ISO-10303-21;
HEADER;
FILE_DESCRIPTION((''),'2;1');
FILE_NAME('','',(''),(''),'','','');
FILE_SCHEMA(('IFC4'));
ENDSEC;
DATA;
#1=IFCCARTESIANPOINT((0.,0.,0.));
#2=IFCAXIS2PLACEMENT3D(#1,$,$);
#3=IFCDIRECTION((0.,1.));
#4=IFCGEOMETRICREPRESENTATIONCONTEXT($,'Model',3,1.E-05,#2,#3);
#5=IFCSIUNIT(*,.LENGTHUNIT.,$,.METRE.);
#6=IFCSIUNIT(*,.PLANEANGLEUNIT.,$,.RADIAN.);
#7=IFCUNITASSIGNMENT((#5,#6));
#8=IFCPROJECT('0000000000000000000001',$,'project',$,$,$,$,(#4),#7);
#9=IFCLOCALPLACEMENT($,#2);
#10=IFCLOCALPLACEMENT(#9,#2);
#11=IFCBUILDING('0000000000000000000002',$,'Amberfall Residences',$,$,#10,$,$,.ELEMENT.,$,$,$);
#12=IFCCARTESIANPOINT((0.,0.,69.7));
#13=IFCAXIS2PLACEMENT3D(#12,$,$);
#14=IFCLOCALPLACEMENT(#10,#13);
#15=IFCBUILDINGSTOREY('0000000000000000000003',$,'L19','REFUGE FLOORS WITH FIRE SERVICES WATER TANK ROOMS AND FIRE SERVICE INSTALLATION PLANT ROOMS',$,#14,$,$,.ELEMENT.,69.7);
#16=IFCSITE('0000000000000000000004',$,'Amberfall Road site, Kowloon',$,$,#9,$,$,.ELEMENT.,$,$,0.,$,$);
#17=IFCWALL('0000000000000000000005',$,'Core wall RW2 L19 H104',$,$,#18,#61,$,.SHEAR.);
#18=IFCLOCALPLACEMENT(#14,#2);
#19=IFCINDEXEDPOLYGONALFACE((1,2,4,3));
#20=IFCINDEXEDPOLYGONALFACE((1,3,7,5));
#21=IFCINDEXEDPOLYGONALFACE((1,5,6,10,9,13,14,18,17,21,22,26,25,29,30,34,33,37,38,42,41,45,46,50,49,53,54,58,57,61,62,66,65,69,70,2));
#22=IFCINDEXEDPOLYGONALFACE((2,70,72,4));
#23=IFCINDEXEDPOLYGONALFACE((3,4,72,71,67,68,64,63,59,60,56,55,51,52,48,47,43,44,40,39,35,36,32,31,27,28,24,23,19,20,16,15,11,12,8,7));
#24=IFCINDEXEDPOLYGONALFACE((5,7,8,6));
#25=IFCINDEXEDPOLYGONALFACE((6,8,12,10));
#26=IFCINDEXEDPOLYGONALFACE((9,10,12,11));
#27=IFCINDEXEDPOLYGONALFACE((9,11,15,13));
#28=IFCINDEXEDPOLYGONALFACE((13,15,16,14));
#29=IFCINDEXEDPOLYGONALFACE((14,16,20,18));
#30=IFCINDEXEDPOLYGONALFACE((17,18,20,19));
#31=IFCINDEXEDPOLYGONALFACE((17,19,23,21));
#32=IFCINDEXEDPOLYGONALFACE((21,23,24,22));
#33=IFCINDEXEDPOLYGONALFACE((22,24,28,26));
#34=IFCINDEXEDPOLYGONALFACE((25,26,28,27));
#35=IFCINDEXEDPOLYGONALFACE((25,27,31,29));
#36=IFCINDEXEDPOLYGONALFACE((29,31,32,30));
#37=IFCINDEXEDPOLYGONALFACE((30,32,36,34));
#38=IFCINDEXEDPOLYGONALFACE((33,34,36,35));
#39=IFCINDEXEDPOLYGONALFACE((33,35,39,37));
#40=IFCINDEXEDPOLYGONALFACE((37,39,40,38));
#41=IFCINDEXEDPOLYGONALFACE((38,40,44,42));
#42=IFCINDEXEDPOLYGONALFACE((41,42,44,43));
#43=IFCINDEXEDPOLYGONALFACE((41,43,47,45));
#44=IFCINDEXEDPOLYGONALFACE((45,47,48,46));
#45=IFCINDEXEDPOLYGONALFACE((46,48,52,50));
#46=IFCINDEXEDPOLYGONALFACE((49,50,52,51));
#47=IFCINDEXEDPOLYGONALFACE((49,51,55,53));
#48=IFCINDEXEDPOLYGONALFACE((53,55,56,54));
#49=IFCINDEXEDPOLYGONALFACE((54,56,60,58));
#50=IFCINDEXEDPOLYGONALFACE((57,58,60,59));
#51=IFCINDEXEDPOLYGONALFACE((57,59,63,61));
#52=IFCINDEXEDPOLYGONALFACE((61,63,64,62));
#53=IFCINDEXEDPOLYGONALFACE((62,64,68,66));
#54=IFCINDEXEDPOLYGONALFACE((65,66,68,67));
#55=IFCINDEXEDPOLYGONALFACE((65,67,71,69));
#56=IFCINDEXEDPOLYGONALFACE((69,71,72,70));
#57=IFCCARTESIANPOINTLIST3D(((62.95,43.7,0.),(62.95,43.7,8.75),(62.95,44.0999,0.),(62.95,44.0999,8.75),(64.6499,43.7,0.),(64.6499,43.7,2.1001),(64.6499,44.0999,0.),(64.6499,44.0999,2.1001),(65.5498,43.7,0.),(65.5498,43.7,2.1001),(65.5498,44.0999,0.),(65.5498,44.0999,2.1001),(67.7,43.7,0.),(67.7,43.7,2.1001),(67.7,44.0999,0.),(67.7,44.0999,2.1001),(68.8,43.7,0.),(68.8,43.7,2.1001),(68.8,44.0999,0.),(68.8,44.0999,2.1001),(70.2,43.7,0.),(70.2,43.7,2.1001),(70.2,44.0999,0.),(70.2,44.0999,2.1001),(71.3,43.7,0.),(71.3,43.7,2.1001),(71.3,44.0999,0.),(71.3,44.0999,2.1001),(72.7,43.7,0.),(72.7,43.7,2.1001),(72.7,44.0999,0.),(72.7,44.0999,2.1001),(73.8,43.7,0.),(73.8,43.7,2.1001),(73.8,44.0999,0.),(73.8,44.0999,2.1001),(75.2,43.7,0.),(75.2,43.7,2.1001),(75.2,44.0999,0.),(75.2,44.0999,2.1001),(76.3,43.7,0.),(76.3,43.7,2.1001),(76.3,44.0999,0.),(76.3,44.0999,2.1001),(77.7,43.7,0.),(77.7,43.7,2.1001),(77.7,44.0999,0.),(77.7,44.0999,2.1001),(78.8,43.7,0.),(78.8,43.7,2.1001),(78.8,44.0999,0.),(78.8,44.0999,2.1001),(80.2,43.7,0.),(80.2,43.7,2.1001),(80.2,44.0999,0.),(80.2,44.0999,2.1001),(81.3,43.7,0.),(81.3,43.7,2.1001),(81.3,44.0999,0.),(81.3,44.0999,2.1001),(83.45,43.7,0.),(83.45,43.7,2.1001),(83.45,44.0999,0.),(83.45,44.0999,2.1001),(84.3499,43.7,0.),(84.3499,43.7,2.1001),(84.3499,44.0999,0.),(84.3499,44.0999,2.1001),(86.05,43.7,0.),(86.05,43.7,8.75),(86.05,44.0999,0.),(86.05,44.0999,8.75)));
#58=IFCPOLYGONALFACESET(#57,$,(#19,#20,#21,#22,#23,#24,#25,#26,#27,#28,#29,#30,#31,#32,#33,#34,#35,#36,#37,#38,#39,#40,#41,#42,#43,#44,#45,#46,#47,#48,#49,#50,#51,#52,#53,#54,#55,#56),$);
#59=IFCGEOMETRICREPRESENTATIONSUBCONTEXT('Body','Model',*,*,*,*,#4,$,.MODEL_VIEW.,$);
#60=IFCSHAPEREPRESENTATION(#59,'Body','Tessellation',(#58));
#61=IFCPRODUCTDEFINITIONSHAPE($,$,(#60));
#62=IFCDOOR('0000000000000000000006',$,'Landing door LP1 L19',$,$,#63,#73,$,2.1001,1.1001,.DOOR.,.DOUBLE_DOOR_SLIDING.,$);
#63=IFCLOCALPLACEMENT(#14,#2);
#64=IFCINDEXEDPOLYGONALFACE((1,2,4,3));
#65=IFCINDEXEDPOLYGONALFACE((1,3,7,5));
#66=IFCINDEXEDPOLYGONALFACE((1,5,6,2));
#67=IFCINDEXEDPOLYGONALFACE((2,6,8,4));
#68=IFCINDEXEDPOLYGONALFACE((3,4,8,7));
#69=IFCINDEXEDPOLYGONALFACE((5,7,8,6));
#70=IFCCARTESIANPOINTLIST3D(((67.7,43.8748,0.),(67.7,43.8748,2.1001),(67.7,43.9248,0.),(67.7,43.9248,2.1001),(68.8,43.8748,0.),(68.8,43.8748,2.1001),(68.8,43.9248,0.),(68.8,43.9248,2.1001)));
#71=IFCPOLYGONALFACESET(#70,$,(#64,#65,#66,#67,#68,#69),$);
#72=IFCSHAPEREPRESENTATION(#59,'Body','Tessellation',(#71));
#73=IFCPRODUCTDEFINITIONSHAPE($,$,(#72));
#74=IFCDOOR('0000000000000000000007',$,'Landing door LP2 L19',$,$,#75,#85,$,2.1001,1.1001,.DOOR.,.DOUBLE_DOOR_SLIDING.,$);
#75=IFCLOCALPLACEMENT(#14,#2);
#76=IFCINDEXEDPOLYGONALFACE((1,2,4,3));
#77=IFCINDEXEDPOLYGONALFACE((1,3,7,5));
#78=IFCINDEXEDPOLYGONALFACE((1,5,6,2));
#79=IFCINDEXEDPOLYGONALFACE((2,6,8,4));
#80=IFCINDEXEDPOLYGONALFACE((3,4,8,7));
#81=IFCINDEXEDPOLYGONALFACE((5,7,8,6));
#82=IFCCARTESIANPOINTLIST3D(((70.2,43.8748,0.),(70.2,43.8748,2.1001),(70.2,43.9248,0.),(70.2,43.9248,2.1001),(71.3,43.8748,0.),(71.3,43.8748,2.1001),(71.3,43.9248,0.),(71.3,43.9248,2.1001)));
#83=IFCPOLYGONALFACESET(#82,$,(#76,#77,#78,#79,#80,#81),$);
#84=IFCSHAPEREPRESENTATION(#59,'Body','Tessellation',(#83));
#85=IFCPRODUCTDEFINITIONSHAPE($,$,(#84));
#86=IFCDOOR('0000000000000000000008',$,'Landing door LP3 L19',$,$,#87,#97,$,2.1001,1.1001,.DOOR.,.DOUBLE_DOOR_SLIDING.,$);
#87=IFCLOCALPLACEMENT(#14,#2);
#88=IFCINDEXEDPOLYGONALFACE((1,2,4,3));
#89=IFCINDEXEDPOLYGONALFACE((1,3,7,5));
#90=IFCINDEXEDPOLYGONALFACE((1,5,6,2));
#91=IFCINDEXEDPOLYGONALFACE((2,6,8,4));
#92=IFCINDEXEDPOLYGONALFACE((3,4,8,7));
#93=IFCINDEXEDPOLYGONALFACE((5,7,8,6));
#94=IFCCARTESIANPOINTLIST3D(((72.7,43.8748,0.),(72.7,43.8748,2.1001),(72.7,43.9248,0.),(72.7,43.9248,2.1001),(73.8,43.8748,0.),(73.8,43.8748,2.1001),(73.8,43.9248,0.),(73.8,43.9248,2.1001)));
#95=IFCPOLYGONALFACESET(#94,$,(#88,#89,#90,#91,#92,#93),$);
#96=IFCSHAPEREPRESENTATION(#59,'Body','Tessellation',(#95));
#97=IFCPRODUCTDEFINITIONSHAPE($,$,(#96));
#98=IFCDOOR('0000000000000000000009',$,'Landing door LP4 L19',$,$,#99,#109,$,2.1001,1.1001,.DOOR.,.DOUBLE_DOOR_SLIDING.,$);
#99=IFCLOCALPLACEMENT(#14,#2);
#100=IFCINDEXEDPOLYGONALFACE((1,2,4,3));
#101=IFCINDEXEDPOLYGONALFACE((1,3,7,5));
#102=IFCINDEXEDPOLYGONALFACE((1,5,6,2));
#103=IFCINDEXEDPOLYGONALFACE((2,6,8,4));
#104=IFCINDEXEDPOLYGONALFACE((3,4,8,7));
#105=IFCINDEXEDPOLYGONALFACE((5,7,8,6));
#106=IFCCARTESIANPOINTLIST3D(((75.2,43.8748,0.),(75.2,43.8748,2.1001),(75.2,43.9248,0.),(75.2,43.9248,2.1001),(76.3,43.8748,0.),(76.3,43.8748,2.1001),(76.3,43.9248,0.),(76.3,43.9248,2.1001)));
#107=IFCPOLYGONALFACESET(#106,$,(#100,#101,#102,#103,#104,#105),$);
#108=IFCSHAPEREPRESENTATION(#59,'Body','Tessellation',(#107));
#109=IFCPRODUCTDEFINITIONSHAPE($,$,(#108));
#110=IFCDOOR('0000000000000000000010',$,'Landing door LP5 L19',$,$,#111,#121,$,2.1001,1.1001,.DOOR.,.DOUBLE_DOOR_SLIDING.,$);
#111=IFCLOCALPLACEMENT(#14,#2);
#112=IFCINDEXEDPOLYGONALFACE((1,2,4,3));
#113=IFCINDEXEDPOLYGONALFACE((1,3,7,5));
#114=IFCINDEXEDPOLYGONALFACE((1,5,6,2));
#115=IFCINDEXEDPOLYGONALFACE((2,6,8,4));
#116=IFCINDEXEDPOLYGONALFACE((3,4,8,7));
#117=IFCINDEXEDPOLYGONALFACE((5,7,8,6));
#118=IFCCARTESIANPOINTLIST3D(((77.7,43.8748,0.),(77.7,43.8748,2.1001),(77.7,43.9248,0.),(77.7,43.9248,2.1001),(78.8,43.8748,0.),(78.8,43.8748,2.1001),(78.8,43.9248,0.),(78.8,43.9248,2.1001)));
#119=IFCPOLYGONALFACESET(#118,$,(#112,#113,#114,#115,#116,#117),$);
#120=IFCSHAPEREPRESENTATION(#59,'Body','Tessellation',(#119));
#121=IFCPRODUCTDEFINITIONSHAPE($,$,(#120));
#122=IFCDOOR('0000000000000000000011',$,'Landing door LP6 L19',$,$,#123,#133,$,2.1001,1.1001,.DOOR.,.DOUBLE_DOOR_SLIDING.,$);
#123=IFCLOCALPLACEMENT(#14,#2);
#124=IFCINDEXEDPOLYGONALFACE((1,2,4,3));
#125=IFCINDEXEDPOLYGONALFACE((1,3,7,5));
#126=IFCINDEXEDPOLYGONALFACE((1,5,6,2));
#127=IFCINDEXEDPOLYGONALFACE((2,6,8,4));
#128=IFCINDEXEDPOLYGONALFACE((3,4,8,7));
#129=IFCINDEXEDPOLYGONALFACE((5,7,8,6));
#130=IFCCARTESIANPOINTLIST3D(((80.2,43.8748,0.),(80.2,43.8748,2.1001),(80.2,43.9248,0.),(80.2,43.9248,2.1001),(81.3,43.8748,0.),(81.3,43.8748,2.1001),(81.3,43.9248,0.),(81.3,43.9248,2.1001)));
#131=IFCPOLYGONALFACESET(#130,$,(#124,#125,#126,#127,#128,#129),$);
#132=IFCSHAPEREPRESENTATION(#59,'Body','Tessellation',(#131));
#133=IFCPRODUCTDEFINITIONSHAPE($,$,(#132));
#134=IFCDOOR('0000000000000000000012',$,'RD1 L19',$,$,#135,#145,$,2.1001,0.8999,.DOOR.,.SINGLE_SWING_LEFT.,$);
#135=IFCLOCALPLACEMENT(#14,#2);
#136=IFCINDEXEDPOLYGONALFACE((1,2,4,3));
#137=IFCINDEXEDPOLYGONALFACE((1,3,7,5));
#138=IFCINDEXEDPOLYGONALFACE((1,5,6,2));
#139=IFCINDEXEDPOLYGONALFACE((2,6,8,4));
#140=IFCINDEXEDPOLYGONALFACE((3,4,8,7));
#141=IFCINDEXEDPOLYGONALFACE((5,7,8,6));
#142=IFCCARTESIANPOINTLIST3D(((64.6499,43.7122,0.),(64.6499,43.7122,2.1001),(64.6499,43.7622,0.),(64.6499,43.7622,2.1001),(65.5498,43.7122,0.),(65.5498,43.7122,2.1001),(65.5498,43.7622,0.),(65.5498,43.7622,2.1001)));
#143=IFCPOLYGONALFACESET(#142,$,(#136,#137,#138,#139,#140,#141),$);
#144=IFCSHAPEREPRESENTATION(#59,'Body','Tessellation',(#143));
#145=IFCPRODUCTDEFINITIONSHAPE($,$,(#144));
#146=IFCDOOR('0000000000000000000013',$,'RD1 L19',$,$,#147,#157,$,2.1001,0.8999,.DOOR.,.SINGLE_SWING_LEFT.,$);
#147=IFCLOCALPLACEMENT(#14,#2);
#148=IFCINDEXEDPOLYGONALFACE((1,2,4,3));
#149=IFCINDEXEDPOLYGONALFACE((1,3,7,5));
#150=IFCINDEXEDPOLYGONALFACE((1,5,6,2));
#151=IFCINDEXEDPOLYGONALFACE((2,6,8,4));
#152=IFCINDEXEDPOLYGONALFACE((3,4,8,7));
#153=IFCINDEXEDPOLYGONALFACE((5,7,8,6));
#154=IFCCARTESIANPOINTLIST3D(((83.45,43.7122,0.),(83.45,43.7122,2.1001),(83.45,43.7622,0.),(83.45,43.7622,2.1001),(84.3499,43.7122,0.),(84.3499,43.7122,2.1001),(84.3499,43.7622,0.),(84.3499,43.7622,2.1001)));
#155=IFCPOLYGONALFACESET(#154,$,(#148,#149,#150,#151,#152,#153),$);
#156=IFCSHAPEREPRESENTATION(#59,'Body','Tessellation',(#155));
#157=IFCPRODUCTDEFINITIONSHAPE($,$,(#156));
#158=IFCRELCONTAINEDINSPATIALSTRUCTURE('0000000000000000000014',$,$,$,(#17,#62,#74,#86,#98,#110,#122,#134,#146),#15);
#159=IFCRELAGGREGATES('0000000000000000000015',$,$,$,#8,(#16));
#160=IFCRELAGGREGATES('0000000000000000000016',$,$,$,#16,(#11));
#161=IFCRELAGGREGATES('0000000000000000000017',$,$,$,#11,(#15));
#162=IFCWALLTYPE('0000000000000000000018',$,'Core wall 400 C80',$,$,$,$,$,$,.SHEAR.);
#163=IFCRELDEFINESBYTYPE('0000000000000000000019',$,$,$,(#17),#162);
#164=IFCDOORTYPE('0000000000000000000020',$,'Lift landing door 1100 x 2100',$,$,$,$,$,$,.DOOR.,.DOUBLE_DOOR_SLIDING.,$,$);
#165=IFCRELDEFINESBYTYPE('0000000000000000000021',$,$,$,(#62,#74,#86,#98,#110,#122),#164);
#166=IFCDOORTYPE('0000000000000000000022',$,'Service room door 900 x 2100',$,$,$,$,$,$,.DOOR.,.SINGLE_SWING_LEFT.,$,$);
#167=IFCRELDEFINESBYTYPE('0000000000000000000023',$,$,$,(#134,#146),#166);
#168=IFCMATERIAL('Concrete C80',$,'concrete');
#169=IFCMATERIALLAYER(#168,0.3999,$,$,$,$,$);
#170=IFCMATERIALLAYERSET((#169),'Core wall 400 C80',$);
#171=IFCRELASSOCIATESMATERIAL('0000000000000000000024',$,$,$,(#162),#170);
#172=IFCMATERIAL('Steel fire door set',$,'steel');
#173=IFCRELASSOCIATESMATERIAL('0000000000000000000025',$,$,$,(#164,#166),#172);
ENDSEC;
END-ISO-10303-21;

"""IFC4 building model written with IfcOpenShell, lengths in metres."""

from ifc_helpers import new_model, si_unit, direction, frame, frame_2d, origin, place, context, subcontext, project, spatial, rectangle, extrude, material, layer, layer_set, type_object, element, fill, save


model = new_model("IFC4")

# Units and contexts
model_context = context("Model", 3, precision=1e-05, world=origin(), true_north=direction((0.0, 1.0)))
body_context = subcontext(model_context, "Body", "Model", "MODEL_VIEW")
ifc_project = project(units=[si_unit("LENGTHUNIT", "METRE"), si_unit("PLANEANGLEUNIT", "RADIAN")], contexts=[model_context])

# Site, building, storey
site_placement = place(None, origin())
site = spatial("IfcSite", under=ifc_project, at=site_placement, Name="Amberfall Road site, Kowloon", CompositionType="ELEMENT", RefElevation=0.0)
building_placement = place(site_placement, origin())
building = spatial("IfcBuilding", under=site, at=building_placement, Name="Amberfall Residences", CompositionType="ELEMENT")
storey_placement = place(building_placement, frame((0.0, 0.0, 69.7)))
storey = spatial("IfcBuildingStorey", under=building, at=storey_placement, Name="L19", Description="REFUGE FLOORS WITH FIRE SERVICES WATER TANK ROOMS AND FIRE SERVICE INSTALLATION PLANT ROOMS", CompositionType="ELEMENT", Elevation=69.7)

# Wall, openings, doors
ifc_material_1 = material(Name="Concrete C80", Category="concrete")
ifc_layer_1 = layer(ifc_material_1, 0.3999)
ifc_layer_set_1 = layer_set([ifc_layer_1], Name="Core wall 400 C80")
wall_type_1 = type_object("IfcWallType", Name="Core wall 400 C80", PredefinedType="SHEAR", material=ifc_layer_set_1)
wall_1_placement = place(storey_placement, frame((62.95, 43.8999, 0.0), z_axis=(0.0, 0.0, 1.0), x_axis=(1.0, 0.0, 0.0)))
wall_1 = element("IfcWall", 1, at=wall_1_placement, inside=storey, type_object=wall_type_1, Name="Core wall RW2 L19 H104", PredefinedType="SHEAR", context=body_context, shape_type="SweptSolid", body=[
    extrude(rectangle(XDim=23.1001, YDim=0.3999, at=frame_2d((11.55, 0.0))), origin(), (0.0, 0.0, 1.0), 8.75),
])
opening_1_placement = place(wall_1_placement, frame((1.7, 0.0, 0.0)))
opening_1 = element("IfcOpeningElement", 2, at=opening_1_placement, cuts=wall_1, PredefinedType="OPENING", context=body_context, shape_type="SweptSolid", body=[
    extrude(rectangle(XDim=0.8999, YDim=2.1001, at=frame_2d((0.45, 1.05))), frame((0.0, 0.21, 0.0), z_axis=(0.0, -1.0, 0.0), x_axis=(1.0, 0.0, 0.0)), (0.0, 0.0, 1.0), 0.4199),
])
opening_2_placement = place(wall_1_placement, frame((20.5, 0.0, 0.0)))
opening_2 = element("IfcOpeningElement", 3, at=opening_2_placement, cuts=wall_1, PredefinedType="OPENING", context=body_context, shape_type="SweptSolid", body=[
    extrude(rectangle(XDim=0.8999, YDim=2.1001, at=frame_2d((0.45, 1.05))), frame((0.0, 0.21, 0.0), z_axis=(0.0, -1.0, 0.0), x_axis=(1.0, 0.0, 0.0)), (0.0, 0.0, 1.0), 0.4199),
])
opening_3_placement = place(wall_1_placement, frame((4.75, 0.0, 0.0)))
opening_3 = element("IfcOpeningElement", 4, at=opening_3_placement, cuts=wall_1, PredefinedType="OPENING", context=body_context, shape_type="SweptSolid", body=[
    extrude(rectangle(XDim=1.1001, YDim=2.1001, at=frame_2d((0.55, 1.05))), frame((0.0, 0.21, 0.0), z_axis=(0.0, -1.0, 0.0), x_axis=(1.0, 0.0, 0.0)), (0.0, 0.0, 1.0), 0.4199),
])
opening_4_placement = place(wall_1_placement, frame((7.25, 0.0, 0.0)))
opening_4 = element("IfcOpeningElement", 5, at=opening_4_placement, cuts=wall_1, PredefinedType="OPENING", context=body_context, shape_type="SweptSolid", body=[
    extrude(rectangle(XDim=1.1001, YDim=2.1001, at=frame_2d((0.55, 1.05))), frame((0.0, 0.21, 0.0), z_axis=(0.0, -1.0, 0.0), x_axis=(1.0, 0.0, 0.0)), (0.0, 0.0, 1.0), 0.4199),
])
opening_5_placement = place(wall_1_placement, frame((9.75, 0.0, 0.0)))
opening_5 = element("IfcOpeningElement", 6, at=opening_5_placement, cuts=wall_1, PredefinedType="OPENING", context=body_context, shape_type="SweptSolid", body=[
    extrude(rectangle(XDim=1.1001, YDim=2.1001, at=frame_2d((0.55, 1.05))), frame((0.0, 0.21, 0.0), z_axis=(0.0, -1.0, 0.0), x_axis=(1.0, 0.0, 0.0)), (0.0, 0.0, 1.0), 0.4199),
])
opening_6_placement = place(wall_1_placement, frame((12.25, 0.0, 0.0)))
opening_6 = element("IfcOpeningElement", 7, at=opening_6_placement, cuts=wall_1, PredefinedType="OPENING", context=body_context, shape_type="SweptSolid", body=[
    extrude(rectangle(XDim=1.1001, YDim=2.1001, at=frame_2d((0.55, 1.05))), frame((0.0, 0.21, 0.0), z_axis=(0.0, -1.0, 0.0), x_axis=(1.0, 0.0, 0.0)), (0.0, 0.0, 1.0), 0.4199),
])
opening_7_placement = place(wall_1_placement, frame((14.75, 0.0, 0.0)))
opening_7 = element("IfcOpeningElement", 8, at=opening_7_placement, cuts=wall_1, PredefinedType="OPENING", context=body_context, shape_type="SweptSolid", body=[
    extrude(rectangle(XDim=1.1001, YDim=2.1001, at=frame_2d((0.55, 1.05))), frame((0.0, 0.21, 0.0), z_axis=(0.0, -1.0, 0.0), x_axis=(1.0, 0.0, 0.0)), (0.0, 0.0, 1.0), 0.4199),
])
opening_8_placement = place(wall_1_placement, frame((17.25, 0.0, 0.0)))
opening_8 = element("IfcOpeningElement", 9, at=opening_8_placement, cuts=wall_1, PredefinedType="OPENING", context=body_context, shape_type="SweptSolid", body=[
    extrude(rectangle(XDim=1.1001, YDim=2.1001, at=frame_2d((0.55, 1.05))), frame((0.0, 0.21, 0.0), z_axis=(0.0, -1.0, 0.0), x_axis=(1.0, 0.0, 0.0)), (0.0, 0.0, 1.0), 0.4199),
])
ifc_material_2 = material(Name="Steel fire door set", Category="steel")
door_type_1 = type_object("IfcDoorType", Name="Lift landing door 1100 x 2100", OperationType="DOUBLE_DOOR_SLIDING", PredefinedType="DOOR", material=ifc_material_2)
door_1_placement = place(opening_3_placement, origin())
door_1 = element("IfcDoor", 10, at=door_1_placement, inside=storey, type_object=door_type_1, Name="Landing door LP1 L19", OperationType="DOUBLE_DOOR_SLIDING", OverallHeight=2.1001, OverallWidth=1.1001, PredefinedType="DOOR", context=body_context, shape_type="SweptSolid", body=[
    extrude(rectangle(XDim=1.1001, YDim=2.1001, at=frame_2d((0.55, 1.05))), frame((0.0, 0.0249, 0.0), z_axis=(0.0, -1.0, 0.0), x_axis=(1.0, 0.0, 0.0)), (0.0, 0.0, 1.0), 0.05),
])
fill(opening_3, door_1)
door_2_placement = place(opening_4_placement, origin())
door_2 = element("IfcDoor", 11, at=door_2_placement, inside=storey, type_object=door_type_1, Name="Landing door LP2 L19", OperationType="DOUBLE_DOOR_SLIDING", OverallHeight=2.1001, OverallWidth=1.1001, PredefinedType="DOOR", context=body_context, shape_type="SweptSolid", body=[
    extrude(rectangle(XDim=1.1001, YDim=2.1001, at=frame_2d((0.55, 1.05))), frame((0.0, 0.0249, 0.0), z_axis=(0.0, -1.0, 0.0), x_axis=(1.0, 0.0, 0.0)), (0.0, 0.0, 1.0), 0.05),
])
fill(opening_4, door_2)
door_3_placement = place(opening_5_placement, origin())
door_3 = element("IfcDoor", 12, at=door_3_placement, inside=storey, type_object=door_type_1, Name="Landing door LP3 L19", OperationType="DOUBLE_DOOR_SLIDING", OverallHeight=2.1001, OverallWidth=1.1001, PredefinedType="DOOR", context=body_context, shape_type="SweptSolid", body=[
    extrude(rectangle(XDim=1.1001, YDim=2.1001, at=frame_2d((0.55, 1.05))), frame((0.0, 0.0249, 0.0), z_axis=(0.0, -1.0, 0.0), x_axis=(1.0, 0.0, 0.0)), (0.0, 0.0, 1.0), 0.05),
])
fill(opening_5, door_3)
door_4_placement = place(opening_6_placement, origin())
door_4 = element("IfcDoor", 13, at=door_4_placement, inside=storey, type_object=door_type_1, Name="Landing door LP4 L19", OperationType="DOUBLE_DOOR_SLIDING", OverallHeight=2.1001, OverallWidth=1.1001, PredefinedType="DOOR", context=body_context, shape_type="SweptSolid", body=[
    extrude(rectangle(XDim=1.1001, YDim=2.1001, at=frame_2d((0.55, 1.05))), frame((0.0, 0.0249, 0.0), z_axis=(0.0, -1.0, 0.0), x_axis=(1.0, 0.0, 0.0)), (0.0, 0.0, 1.0), 0.05),
])
fill(opening_6, door_4)
door_5_placement = place(opening_7_placement, origin())
door_5 = element("IfcDoor", 14, at=door_5_placement, inside=storey, type_object=door_type_1, Name="Landing door LP5 L19", OperationType="DOUBLE_DOOR_SLIDING", OverallHeight=2.1001, OverallWidth=1.1001, PredefinedType="DOOR", context=body_context, shape_type="SweptSolid", body=[
    extrude(rectangle(XDim=1.1001, YDim=2.1001, at=frame_2d((0.55, 1.05))), frame((0.0, 0.0249, 0.0), z_axis=(0.0, -1.0, 0.0), x_axis=(1.0, 0.0, 0.0)), (0.0, 0.0, 1.0), 0.05),
])
fill(opening_7, door_5)
door_6_placement = place(opening_8_placement, origin())
door_6 = element("IfcDoor", 15, at=door_6_placement, inside=storey, type_object=door_type_1, Name="Landing door LP6 L19", OperationType="DOUBLE_DOOR_SLIDING", OverallHeight=2.1001, OverallWidth=1.1001, PredefinedType="DOOR", context=body_context, shape_type="SweptSolid", body=[
    extrude(rectangle(XDim=1.1001, YDim=2.1001, at=frame_2d((0.55, 1.05))), frame((0.0, 0.0249, 0.0), z_axis=(0.0, -1.0, 0.0), x_axis=(1.0, 0.0, 0.0)), (0.0, 0.0, 1.0), 0.05),
])
fill(opening_8, door_6)
door_type_2 = type_object("IfcDoorType", Name="Service room door 900 x 2100", OperationType="SINGLE_SWING_LEFT", PredefinedType="DOOR", material=ifc_material_2)
door_7_placement = place(opening_1_placement, origin())
door_7 = element("IfcDoor", 16, at=door_7_placement, inside=storey, type_object=door_type_2, Name="RD1 L19", OperationType="SINGLE_SWING_LEFT", OverallHeight=2.1001, OverallWidth=0.8999, PredefinedType="DOOR", context=body_context, shape_type="SweptSolid", body=[
    extrude(rectangle(XDim=0.8999, YDim=2.1001, at=frame_2d((0.45, 1.05))), frame((0.0, -0.1377, 0.0), z_axis=(0.0, -1.0, 0.0), x_axis=(1.0, 0.0, 0.0)), (0.0, 0.0, 1.0), 0.05),
])
fill(opening_1, door_7)
door_8_placement = place(opening_2_placement, origin())
door_8 = element("IfcDoor", 17, at=door_8_placement, inside=storey, type_object=door_type_2, Name="RD1 L19", OperationType="SINGLE_SWING_LEFT", OverallHeight=2.1001, OverallWidth=0.8999, PredefinedType="DOOR", context=body_context, shape_type="SweptSolid", body=[
    extrude(rectangle(XDim=0.8999, YDim=2.1001, at=frame_2d((0.45, 1.05))), frame((0.0, -0.1377, 0.0), z_axis=(0.0, -1.0, 0.0), x_axis=(1.0, 0.0, 0.0)), (0.0, 0.0, 1.0), 0.05),
])
fill(opening_2, door_8)

save(model, "model.ifc")
